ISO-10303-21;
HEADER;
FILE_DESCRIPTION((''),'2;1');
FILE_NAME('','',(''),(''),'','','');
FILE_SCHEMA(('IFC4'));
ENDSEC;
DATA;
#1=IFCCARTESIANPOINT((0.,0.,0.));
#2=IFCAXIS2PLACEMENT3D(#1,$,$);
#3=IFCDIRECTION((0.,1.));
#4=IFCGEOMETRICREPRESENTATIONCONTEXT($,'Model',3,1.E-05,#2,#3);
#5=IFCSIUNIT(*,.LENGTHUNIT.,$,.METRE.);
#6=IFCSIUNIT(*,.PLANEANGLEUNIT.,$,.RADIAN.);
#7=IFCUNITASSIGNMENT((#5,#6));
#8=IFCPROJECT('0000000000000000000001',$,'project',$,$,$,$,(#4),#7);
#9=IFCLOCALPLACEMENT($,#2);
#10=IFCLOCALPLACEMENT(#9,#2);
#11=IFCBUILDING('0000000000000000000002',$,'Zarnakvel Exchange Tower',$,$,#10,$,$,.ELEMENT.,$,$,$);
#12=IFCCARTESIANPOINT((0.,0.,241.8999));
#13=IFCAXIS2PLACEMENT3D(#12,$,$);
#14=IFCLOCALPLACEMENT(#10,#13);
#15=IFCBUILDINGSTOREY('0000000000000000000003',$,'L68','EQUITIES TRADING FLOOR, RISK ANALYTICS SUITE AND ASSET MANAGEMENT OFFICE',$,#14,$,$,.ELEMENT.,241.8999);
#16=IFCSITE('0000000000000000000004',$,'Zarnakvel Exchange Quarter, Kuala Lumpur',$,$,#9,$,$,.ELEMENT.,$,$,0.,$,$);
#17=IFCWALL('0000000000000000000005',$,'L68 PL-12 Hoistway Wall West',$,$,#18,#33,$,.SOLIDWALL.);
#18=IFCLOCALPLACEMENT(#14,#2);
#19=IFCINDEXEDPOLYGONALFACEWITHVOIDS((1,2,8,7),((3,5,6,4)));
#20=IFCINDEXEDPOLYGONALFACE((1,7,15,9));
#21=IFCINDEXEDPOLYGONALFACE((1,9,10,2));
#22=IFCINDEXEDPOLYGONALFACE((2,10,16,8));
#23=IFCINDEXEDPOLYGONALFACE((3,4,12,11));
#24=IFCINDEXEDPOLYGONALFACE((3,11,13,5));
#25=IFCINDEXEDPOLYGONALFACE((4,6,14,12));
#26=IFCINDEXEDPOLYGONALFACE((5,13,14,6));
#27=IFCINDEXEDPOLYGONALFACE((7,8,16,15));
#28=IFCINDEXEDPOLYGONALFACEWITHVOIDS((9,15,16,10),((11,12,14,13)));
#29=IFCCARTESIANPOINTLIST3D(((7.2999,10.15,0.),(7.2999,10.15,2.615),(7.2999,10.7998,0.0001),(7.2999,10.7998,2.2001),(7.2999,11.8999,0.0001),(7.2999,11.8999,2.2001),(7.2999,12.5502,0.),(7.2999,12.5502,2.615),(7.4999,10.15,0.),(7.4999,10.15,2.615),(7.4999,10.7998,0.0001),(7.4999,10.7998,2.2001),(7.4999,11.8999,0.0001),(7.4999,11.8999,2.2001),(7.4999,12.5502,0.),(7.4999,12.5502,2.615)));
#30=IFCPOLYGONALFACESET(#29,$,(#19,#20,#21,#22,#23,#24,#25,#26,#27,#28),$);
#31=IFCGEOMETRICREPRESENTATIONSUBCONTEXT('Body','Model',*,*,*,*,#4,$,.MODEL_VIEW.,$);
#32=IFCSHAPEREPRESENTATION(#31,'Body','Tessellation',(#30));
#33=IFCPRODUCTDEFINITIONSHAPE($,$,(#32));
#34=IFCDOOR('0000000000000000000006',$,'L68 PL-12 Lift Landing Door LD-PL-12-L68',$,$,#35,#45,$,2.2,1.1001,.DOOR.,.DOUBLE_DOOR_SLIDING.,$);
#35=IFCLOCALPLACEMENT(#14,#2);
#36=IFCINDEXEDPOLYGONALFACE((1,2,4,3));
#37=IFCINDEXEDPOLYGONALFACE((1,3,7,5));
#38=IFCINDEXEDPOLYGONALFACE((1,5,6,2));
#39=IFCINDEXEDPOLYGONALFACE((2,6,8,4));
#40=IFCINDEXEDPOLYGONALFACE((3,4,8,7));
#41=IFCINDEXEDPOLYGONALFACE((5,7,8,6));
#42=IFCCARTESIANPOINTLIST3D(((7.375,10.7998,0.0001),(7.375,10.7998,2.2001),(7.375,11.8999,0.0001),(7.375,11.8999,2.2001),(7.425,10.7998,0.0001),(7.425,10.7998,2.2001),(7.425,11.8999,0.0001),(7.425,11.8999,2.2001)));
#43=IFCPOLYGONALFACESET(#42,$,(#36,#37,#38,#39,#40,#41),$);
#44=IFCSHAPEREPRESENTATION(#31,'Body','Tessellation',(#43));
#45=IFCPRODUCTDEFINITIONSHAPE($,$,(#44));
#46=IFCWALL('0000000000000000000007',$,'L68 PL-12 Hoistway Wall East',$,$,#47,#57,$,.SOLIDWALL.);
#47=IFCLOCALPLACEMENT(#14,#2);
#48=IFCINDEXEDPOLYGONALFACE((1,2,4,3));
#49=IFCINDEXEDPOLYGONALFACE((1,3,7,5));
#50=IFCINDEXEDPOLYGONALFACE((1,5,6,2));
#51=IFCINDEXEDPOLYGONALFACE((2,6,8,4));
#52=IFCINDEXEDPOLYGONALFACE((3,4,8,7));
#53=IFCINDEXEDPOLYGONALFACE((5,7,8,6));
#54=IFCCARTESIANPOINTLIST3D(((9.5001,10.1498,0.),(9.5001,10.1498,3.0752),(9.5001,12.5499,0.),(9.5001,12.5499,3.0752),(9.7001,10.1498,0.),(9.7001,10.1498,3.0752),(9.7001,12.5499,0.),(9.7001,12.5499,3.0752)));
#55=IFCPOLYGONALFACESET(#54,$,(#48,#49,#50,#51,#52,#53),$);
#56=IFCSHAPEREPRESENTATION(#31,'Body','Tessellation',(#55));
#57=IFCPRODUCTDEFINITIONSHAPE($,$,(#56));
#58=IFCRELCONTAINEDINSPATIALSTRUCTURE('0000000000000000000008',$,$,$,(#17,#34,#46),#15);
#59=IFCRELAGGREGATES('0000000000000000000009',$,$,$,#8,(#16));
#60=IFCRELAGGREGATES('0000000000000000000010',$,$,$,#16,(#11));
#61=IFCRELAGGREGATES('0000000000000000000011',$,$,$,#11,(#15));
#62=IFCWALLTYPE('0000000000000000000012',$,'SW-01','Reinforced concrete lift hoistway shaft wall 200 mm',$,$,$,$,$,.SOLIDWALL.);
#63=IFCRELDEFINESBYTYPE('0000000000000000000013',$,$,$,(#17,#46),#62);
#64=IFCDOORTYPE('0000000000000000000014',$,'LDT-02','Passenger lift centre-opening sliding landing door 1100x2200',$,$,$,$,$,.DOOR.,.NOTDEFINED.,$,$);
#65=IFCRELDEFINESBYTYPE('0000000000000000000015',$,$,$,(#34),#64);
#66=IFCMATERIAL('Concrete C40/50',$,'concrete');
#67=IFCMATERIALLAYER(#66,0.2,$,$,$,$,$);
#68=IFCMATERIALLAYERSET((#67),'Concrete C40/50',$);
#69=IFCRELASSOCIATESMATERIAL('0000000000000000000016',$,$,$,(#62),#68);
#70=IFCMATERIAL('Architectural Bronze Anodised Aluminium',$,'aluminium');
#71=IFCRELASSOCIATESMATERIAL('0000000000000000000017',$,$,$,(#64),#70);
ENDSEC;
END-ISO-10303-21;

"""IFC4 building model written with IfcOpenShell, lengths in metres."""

from ifc_helpers import new_model, si_unit, direction, frame, frame_2d, origin, place, context, subcontext, project, spatial, rectangle, extrude, source, transform, mapped, material, layer, layer_set, type_object, element, fill, save


model = new_model("IFC4")

# Units and contexts
model_context = context("Model", 3, precision=1e-05, world=origin(), true_north=direction((0.0, 1.0)))
body_context = subcontext(model_context, "Body", "Model", "MODEL_VIEW")
ifc_project = project(units=[si_unit("LENGTHUNIT", "METRE"), si_unit("PLANEANGLEUNIT", "RADIAN")], contexts=[model_context])

# Site, building, storey
site_placement = place(None, origin())
site = spatial("IfcSite", under=ifc_project, at=site_placement, Name="Zarnakvel Exchange Quarter, Kuala Lumpur", CompositionType="ELEMENT", RefElevation=0.0)
building_placement = place(site_placement, origin())
building = spatial("IfcBuilding", under=site, at=building_placement, Name="Zarnakvel Exchange Tower", CompositionType="ELEMENT")
storey_placement = place(building_placement, frame((0.0, 0.0, 241.8999)))
storey = spatial("IfcBuildingStorey", under=building, at=storey_placement, Name="L68", Description="EQUITIES TRADING FLOOR, RISK ANALYTICS SUITE AND ASSET MANAGEMENT OFFICE", CompositionType="ELEMENT", Elevation=241.8999)

# Shared definitions
ifc_material_1 = material(Name="Architectural Bronze Anodised Aluminium", Category="aluminium")

# Shared definitions
ifc_material_2 = material(Name="Concrete C40/50", Category="concrete")
ifc_layer_1 = layer(ifc_material_2, 0.2)
ifc_layer_set_1 = layer_set([ifc_layer_1], Name="Concrete C40/50")
wall_type_1 = type_object("IfcWallType", Name="SW-01", Description="Reinforced concrete lift hoistway shaft wall 200 mm", PredefinedType="SOLIDWALL", material=ifc_layer_set_1)

# Wall, opening, door
wall_1_placement = place(storey_placement, frame((7.3999, 10.1499, 0.0), z_axis=(0.0, 0.0, 1.0), x_axis=(0.0, 1.0, 0.0)))
wall_1 = element("IfcWall", 1, at=wall_1_placement, inside=storey, type_object=wall_type_1, Name="L68 PL-12 Hoistway Wall West", PredefinedType="SOLIDWALL", context=body_context, shape_type="SweptSolid", body=[
    extrude(rectangle(XDim=2.4001, YDim=0.2, at=frame_2d((1.2002, 0.0))), origin(), (0.0, 0.0, 1.0), 2.615),
])
opening_1_placement = place(wall_1_placement, frame((0.6499, 0.0, 0.0)))
opening_1 = element("IfcOpeningElement", 2, at=opening_1_placement, cuts=wall_1, PredefinedType="OPENING", context=body_context, shape_type="SweptSolid", body=[
    extrude(rectangle(XDim=1.1001, YDim=2.2, at=frame_2d((0.55, 1.1001))), frame((0.0, 0.1099, 0.0), z_axis=(0.0, -1.0, 0.0), x_axis=(1.0, 0.0, 0.0)), (0.0, 0.0, 1.0), 0.22),
])
door_type_1 = type_object("IfcDoorType", Name="LDT-02", Description="Passenger lift centre-opening sliding landing door 1100x2200", OperationType="NOTDEFINED", PredefinedType="DOOR", material=ifc_material_1)
shared_shape_1 = source(origin(), body_context, "Body", "SweptSolid", [
    extrude(rectangle(XDim=1.1001, YDim=2.2, at=frame_2d((0.55, 1.1001))), frame((0.0, 0.0249, 0.0), z_axis=(0.0, -1.0, 0.0), x_axis=(1.0, 0.0, 0.0)), (0.0, 0.0, 1.0), 0.05),
])
door_1_placement = place(opening_1_placement, origin())
door_1 = element("IfcDoor", 3, at=door_1_placement, inside=storey, type_object=door_type_1, Name="L68 PL-12 Lift Landing Door LD-PL-12-L68", OperationType="DOUBLE_DOOR_SLIDING", OverallHeight=2.2, OverallWidth=1.1001, PredefinedType="DOOR", context=body_context, shape_type="MappedRepresentation", body=[
    mapped(shared_shape_1, transform((0.0, 0.0, 0.0), x_axis=(1.0, 0.0, 0.0), y_axis=(0.0, 1.0, 0.0), z_axis=(0.0, 0.0, 1.0), scale=1.0)),
])
fill(opening_1, door_1)

# Wall
wall_2_placement = place(storey_placement, frame((9.6001, 12.55, 0.0), z_axis=(0.0, 0.0, 1.0), x_axis=(0.0, -1.0, 0.0)))
element("IfcWall", 4, at=wall_2_placement, inside=storey, type_object=wall_type_1, Name="L68 PL-12 Hoistway Wall East", PredefinedType="SOLIDWALL", context=body_context, shape_type="SweptSolid", body=[
    extrude(rectangle(XDim=2.4001, YDim=0.2, at=frame_2d((1.2002, 0.0))), origin(), (0.0, 0.0, 1.0), 3.0752),
])

save(model, "model.ifc")
